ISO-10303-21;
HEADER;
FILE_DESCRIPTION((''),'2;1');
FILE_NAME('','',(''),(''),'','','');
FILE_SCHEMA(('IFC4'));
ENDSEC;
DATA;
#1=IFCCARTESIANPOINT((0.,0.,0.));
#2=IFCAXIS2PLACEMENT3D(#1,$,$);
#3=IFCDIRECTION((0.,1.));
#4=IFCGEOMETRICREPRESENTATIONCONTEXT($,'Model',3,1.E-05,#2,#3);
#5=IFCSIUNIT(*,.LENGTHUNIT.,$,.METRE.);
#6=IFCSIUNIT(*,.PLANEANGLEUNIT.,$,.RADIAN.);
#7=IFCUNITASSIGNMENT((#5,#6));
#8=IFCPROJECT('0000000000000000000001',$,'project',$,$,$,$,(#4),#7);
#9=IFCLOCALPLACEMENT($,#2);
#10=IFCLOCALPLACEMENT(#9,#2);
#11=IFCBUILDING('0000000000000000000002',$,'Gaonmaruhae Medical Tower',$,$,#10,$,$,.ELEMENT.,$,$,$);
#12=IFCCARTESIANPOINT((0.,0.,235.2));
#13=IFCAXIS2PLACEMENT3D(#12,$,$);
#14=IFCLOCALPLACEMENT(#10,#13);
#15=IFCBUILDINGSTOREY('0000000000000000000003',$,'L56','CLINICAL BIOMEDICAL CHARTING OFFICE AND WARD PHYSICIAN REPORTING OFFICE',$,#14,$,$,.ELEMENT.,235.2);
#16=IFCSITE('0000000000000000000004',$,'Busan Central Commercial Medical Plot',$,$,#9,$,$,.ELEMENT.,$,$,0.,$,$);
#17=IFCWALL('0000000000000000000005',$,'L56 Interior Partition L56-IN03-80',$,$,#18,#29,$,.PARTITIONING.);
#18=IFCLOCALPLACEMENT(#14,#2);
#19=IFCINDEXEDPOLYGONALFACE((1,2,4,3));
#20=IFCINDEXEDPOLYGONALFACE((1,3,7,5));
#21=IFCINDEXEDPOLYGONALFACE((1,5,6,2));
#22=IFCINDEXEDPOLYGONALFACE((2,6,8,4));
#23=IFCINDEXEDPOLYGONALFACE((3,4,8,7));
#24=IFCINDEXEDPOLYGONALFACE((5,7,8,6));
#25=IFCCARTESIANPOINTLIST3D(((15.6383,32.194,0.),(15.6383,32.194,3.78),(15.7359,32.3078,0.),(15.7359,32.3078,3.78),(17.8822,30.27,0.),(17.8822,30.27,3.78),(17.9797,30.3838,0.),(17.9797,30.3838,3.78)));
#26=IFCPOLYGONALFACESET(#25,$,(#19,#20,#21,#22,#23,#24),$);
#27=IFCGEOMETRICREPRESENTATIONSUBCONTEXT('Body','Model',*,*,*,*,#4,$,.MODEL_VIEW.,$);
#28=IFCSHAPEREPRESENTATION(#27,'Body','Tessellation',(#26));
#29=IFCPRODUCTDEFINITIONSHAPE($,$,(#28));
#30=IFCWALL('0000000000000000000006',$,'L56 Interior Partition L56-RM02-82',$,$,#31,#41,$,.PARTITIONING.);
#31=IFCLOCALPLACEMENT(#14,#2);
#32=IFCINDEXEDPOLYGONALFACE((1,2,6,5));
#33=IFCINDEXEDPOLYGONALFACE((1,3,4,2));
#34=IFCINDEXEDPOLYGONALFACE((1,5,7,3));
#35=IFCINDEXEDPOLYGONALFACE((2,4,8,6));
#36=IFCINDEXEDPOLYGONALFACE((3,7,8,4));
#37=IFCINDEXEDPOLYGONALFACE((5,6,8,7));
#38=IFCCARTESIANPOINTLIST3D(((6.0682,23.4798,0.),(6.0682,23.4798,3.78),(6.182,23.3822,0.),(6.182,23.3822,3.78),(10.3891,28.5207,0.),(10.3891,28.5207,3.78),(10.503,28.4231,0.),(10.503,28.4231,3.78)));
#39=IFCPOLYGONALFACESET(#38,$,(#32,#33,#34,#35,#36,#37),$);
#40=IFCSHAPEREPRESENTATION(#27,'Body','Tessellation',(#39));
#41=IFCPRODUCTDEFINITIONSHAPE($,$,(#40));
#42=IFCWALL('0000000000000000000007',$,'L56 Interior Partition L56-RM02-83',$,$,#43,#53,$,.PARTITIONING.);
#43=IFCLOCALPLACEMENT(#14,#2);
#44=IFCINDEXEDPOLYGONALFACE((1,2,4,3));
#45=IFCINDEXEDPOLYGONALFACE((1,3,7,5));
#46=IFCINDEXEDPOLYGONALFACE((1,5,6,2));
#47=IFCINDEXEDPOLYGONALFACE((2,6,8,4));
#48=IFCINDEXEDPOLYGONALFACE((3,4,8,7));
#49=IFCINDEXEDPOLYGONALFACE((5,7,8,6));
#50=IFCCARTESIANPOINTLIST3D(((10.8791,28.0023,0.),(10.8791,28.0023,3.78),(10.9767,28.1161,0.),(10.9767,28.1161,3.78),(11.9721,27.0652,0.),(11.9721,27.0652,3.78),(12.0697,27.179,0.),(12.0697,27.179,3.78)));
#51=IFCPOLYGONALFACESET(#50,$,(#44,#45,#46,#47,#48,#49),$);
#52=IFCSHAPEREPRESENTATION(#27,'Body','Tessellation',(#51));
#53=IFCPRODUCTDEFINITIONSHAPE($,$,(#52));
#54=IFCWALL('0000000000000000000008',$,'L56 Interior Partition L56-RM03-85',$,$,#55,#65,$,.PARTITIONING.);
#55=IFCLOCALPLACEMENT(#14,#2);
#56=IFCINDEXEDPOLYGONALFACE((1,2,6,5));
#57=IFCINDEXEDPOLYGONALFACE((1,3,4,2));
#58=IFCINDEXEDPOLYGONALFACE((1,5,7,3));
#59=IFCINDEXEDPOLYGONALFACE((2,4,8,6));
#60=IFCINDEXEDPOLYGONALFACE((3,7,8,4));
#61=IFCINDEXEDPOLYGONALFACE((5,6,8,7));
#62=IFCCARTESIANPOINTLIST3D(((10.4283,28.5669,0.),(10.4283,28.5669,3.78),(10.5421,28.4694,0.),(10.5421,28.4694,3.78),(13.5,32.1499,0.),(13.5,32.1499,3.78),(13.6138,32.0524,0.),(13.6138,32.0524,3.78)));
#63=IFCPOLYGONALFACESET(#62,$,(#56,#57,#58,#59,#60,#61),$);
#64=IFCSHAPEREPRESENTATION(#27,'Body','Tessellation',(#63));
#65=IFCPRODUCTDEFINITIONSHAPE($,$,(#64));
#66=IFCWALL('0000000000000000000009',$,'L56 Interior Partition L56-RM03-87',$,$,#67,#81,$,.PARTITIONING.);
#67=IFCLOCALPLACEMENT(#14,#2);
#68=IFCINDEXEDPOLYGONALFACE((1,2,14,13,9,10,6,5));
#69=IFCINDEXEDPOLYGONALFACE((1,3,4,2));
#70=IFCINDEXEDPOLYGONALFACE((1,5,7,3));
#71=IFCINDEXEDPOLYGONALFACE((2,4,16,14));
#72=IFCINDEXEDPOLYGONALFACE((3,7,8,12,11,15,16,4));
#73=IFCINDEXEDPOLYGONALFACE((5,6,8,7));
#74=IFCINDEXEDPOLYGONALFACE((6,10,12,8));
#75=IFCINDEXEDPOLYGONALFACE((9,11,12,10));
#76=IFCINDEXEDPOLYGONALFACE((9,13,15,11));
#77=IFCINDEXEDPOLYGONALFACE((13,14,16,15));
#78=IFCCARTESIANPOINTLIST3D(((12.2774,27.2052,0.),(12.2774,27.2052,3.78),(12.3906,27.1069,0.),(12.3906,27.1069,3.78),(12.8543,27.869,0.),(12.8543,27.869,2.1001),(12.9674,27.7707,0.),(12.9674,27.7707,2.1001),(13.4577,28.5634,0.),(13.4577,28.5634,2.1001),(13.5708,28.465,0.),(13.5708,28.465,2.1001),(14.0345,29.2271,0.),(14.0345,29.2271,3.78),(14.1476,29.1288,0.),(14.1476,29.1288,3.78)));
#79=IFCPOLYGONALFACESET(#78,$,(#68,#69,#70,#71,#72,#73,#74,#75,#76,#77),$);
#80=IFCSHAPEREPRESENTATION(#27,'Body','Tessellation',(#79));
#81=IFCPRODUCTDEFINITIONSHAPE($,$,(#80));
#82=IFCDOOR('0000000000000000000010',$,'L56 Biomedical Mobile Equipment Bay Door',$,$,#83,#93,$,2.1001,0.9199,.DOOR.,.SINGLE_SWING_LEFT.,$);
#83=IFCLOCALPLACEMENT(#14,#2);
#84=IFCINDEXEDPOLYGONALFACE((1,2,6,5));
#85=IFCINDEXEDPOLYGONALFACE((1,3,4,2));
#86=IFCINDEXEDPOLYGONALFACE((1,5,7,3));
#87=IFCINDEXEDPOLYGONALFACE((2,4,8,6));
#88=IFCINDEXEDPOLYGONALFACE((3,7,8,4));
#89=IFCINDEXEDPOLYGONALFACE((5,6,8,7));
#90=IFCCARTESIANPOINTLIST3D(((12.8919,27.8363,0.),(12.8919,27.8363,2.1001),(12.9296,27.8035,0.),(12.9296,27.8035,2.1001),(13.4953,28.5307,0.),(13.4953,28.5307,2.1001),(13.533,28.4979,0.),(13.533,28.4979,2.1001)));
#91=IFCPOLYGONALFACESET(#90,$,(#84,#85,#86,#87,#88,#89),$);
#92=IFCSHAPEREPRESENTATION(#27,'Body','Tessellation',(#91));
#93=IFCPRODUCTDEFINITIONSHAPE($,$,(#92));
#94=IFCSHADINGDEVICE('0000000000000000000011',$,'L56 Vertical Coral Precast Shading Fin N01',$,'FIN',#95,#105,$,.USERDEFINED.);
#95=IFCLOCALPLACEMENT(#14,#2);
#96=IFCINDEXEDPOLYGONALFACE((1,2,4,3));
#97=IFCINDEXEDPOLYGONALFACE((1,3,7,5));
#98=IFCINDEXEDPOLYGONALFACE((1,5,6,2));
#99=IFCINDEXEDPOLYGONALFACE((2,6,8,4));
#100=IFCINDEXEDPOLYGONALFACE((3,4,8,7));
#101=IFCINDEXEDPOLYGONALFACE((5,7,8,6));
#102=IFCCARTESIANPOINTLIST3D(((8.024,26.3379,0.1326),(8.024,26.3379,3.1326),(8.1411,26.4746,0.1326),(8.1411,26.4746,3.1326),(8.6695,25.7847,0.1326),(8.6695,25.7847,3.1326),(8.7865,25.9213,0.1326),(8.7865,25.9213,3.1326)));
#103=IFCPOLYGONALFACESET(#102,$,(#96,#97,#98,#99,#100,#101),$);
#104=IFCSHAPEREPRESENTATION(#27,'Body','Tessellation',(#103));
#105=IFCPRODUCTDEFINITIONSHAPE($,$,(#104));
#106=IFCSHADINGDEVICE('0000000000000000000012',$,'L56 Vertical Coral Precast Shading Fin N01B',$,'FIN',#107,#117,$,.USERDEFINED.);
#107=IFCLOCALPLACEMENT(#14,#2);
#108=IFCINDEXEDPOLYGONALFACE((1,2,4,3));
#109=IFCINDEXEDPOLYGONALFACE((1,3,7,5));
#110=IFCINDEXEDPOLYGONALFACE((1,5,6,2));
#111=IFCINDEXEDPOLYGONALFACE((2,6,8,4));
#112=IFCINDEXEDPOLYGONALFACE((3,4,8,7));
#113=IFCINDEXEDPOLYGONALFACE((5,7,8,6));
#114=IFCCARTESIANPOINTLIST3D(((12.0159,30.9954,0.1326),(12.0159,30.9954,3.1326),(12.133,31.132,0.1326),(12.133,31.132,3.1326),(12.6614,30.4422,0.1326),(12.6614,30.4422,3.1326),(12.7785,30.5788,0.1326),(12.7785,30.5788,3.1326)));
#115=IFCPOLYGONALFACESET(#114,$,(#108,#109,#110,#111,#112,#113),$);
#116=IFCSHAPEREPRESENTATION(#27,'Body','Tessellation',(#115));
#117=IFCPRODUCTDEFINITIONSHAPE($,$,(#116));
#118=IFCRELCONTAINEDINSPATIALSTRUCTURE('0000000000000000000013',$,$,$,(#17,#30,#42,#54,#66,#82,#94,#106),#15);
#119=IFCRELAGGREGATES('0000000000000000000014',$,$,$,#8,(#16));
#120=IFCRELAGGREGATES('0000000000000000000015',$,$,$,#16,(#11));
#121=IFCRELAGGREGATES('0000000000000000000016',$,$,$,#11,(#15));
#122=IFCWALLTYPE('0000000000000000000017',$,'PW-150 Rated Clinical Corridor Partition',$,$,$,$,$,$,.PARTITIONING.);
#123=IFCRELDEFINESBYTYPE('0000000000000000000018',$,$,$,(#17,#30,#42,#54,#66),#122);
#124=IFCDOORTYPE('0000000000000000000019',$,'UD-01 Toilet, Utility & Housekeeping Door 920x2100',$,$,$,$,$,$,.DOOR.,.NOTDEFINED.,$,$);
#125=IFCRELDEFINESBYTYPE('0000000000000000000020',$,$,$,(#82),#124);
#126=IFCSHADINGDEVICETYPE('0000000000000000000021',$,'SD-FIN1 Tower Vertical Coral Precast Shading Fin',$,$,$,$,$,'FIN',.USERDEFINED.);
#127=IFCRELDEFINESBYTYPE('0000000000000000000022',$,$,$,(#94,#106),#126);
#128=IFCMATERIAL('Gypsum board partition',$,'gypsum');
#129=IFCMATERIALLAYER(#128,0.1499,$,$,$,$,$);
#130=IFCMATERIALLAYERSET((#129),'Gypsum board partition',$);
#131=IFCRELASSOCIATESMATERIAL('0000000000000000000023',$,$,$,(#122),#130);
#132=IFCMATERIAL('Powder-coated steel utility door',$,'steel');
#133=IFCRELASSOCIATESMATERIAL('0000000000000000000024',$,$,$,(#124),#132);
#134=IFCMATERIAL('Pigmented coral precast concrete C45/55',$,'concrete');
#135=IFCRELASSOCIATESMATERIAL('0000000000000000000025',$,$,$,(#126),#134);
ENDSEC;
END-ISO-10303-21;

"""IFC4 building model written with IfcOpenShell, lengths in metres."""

from ifc_helpers import new_model, si_unit, direction, frame, frame_2d, origin, origin_2d, place, context, subcontext, project, spatial, rectangle, extrude, material, layer, layer_set, type_object, element, fill, save


model = new_model("IFC4")

# Units and contexts
model_context = context("Model", 3, precision=1e-05, world=origin(), true_north=direction((0.0, 1.0)))
body_context = subcontext(model_context, "Body", "Model", "MODEL_VIEW")
ifc_project = project(units=[si_unit("LENGTHUNIT", "METRE"), si_unit("PLANEANGLEUNIT", "RADIAN")], contexts=[model_context])

# Site, building, storey
site_placement = place(None, origin())
site = spatial("IfcSite", under=ifc_project, at=site_placement, Name="Busan Central Commercial Medical Plot", CompositionType="ELEMENT", RefElevation=0.0)
building_placement = place(site_placement, origin())
building = spatial("IfcBuilding", under=site, at=building_placement, Name="Gaonmaruhae Medical Tower", CompositionType="ELEMENT")
storey_placement = place(building_placement, frame((0.0, 0.0, 235.2)))
storey = spatial("IfcBuildingStorey", under=building, at=storey_placement, Name="L56", Description="CLINICAL BIOMEDICAL CHARTING OFFICE AND WARD PHYSICIAN REPORTING OFFICE", CompositionType="ELEMENT", Elevation=235.2)

# Shared definitions
ifc_material_1 = material(Name="Gypsum board partition", Category="gypsum")
ifc_layer_1 = layer(ifc_material_1, 0.1499)
ifc_layer_set_1 = layer_set([ifc_layer_1], Name="Gypsum board partition")
wall_type_1 = type_object("IfcWallType", Name="PW-150 Rated Clinical Corridor Partition", PredefinedType="PARTITIONING", material=ifc_layer_set_1)

# Walls
wall_1_placement = place(storey_placement, frame((15.687, 32.251, 0.0), z_axis=(0.0, 0.0, 1.0), x_axis=(0.759134, -0.650934, 0.0)))
element("IfcWall", 1, at=wall_1_placement, inside=storey, type_object=wall_type_1, Name="L56 Interior Partition L56-IN03-80", PredefinedType="PARTITIONING", context=body_context, shape_type="SweptSolid", body=[
    extrude(rectangle(XDim=2.9558, YDim=0.1499, at=frame_2d((1.478, 0.0))), origin(), (0.0, 0.0, 1.0), 3.78),
])
wall_2_placement = place(storey_placement, frame((6.125, 23.4309, 0.0), z_axis=(0.0, 0.0, 1.0), x_axis=(0.650807, 0.759244, 0.0)))
element("IfcWall", 2, at=wall_2_placement, inside=storey, type_object=wall_type_1, Name="L56 Interior Partition L56-RM02-82", PredefinedType="PARTITIONING", context=body_context, shape_type="SweptSolid", body=[
    extrude(rectangle(XDim=6.6394, YDim=0.1499, at=frame_2d((3.3198, 0.0))), origin(), (0.0, 0.0, 1.0), 3.78),
])
wall_3_placement = place(storey_placement, frame((10.928, 28.0591, 0.0), z_axis=(0.0, 0.0, 1.0), x_axis=(0.759209, -0.650847, 0.0)))
element("IfcWall", 3, at=wall_3_placement, inside=storey, type_object=wall_type_1, Name="L56 Interior Partition L56-RM02-83", PredefinedType="PARTITIONING", context=body_context, shape_type="SweptSolid", body=[
    extrude(rectangle(XDim=1.4397, YDim=0.1499, at=frame_2d((0.7197, 0.0))), origin(), (0.0, 0.0, 1.0), 3.78),
])
wall_4_placement = place(storey_placement, frame((10.4851, 28.5181, 0.0), z_axis=(0.0, 0.0, 1.0), x_axis=(0.650868, 0.759191, 0.0)))
element("IfcWall", 4, at=wall_4_placement, inside=storey, type_object=wall_type_1, Name="L56 Interior Partition L56-RM03-85", PredefinedType="PARTITIONING", context=body_context, shape_type="SweptSolid", body=[
    extrude(rectangle(XDim=4.7195, YDim=0.1499, at=frame_2d((2.3599, 0.0))), origin(), (0.0, 0.0, 1.0), 3.78),
])

# Wall, opening, door
wall_5_placement = place(storey_placement, frame((14.0911, 29.178, 0.0), z_axis=(0.0, 0.0, 1.0), x_axis=(-0.655933, -0.754819, 0.0)))
wall_5 = element("IfcWall", 5, at=wall_5_placement, inside=storey, type_object=wall_type_1, Name="L56 Interior Partition L56-RM03-87", PredefinedType="PARTITIONING", context=body_context, shape_type="SweptSolid", body=[
    extrude(rectangle(XDim=2.6787, YDim=0.1499, at=frame_2d((1.3394, 0.0))), origin(), (0.0, 0.0, 1.0), 3.78),
])
opening_1_placement = place(wall_5_placement, frame((0.8794, 0.0, 0.0)))
opening_1 = element("IfcOpeningElement", 6, at=opening_1_placement, cuts=wall_5, PredefinedType="OPENING", context=body_context, shape_type="SweptSolid", body=[
    extrude(rectangle(XDim=0.9199, YDim=2.1001, at=frame_2d((0.46, 1.05))), frame((0.0, 0.085, 0.0), z_axis=(0.0, -1.0, 0.0), x_axis=(1.0, 0.0, 0.0)), (0.0, 0.0, 1.0), 0.1699),
])
ifc_material_2 = material(Name="Powder-coated steel utility door", Category="steel")
door_type_1 = type_object("IfcDoorType", Name="UD-01 Toilet, Utility & Housekeeping Door 920x2100", OperationType="NOTDEFINED", PredefinedType="DOOR", material=ifc_material_2)
door_1_placement = place(opening_1_placement, origin())
door_1 = element("IfcDoor", 7, at=door_1_placement, inside=storey, type_object=door_type_1, Name="L56 Biomedical Mobile Equipment Bay Door", OperationType="SINGLE_SWING_LEFT", OverallHeight=2.1001, OverallWidth=0.9199, PredefinedType="DOOR", context=body_context, shape_type="SweptSolid", body=[
    extrude(rectangle(XDim=0.9199, YDim=2.1001, at=frame_2d((0.46, 1.05))), frame((0.0, 0.0249, 0.0), z_axis=(0.0, -1.0, 0.0), x_axis=(1.0, 0.0, 0.0)), (0.0, 0.0, 1.0), 0.05),
])
fill(opening_1, door_1)

# Shading devices
ifc_material_3 = material(Name="Pigmented coral precast concrete C45/55", Category="concrete")
shading_device_type = type_object("IfcShadingDeviceType", Name="SD-FIN1 Tower Vertical Coral Precast Shading Fin", ElementType="FIN", PredefinedType="USERDEFINED", material=ifc_material_3)
for number, where, z_axis, x_axis, name in (
    (8, (8.4053, 26.1296, 0.1326), (0.0, 0.0, 1.0), (0.650774, 0.759271, 0.0), "L56 Vertical Coral Precast Shading Fin N01"),
    (9, (12.3972, 30.7871, 0.1326), (0.0, 0.0, 1.0), (0.650774, 0.759271, 0.0), "L56 Vertical Coral Precast Shading Fin N01B"),
):
    element("IfcShadingDevice", number, at=place(storey_placement, frame(where, z_axis=z_axis, x_axis=x_axis)), inside=storey, type_object=shading_device_type, Name=name, ObjectType="FIN", PredefinedType="USERDEFINED", context=body_context, shape_type="SweptSolid", body=[
        extrude(rectangle(XDim=0.1799, YDim=0.8501, at=origin_2d()), origin(), (0.0, 0.0, 1.0), 3.0),
    ])

save(model, "model.ifc")
